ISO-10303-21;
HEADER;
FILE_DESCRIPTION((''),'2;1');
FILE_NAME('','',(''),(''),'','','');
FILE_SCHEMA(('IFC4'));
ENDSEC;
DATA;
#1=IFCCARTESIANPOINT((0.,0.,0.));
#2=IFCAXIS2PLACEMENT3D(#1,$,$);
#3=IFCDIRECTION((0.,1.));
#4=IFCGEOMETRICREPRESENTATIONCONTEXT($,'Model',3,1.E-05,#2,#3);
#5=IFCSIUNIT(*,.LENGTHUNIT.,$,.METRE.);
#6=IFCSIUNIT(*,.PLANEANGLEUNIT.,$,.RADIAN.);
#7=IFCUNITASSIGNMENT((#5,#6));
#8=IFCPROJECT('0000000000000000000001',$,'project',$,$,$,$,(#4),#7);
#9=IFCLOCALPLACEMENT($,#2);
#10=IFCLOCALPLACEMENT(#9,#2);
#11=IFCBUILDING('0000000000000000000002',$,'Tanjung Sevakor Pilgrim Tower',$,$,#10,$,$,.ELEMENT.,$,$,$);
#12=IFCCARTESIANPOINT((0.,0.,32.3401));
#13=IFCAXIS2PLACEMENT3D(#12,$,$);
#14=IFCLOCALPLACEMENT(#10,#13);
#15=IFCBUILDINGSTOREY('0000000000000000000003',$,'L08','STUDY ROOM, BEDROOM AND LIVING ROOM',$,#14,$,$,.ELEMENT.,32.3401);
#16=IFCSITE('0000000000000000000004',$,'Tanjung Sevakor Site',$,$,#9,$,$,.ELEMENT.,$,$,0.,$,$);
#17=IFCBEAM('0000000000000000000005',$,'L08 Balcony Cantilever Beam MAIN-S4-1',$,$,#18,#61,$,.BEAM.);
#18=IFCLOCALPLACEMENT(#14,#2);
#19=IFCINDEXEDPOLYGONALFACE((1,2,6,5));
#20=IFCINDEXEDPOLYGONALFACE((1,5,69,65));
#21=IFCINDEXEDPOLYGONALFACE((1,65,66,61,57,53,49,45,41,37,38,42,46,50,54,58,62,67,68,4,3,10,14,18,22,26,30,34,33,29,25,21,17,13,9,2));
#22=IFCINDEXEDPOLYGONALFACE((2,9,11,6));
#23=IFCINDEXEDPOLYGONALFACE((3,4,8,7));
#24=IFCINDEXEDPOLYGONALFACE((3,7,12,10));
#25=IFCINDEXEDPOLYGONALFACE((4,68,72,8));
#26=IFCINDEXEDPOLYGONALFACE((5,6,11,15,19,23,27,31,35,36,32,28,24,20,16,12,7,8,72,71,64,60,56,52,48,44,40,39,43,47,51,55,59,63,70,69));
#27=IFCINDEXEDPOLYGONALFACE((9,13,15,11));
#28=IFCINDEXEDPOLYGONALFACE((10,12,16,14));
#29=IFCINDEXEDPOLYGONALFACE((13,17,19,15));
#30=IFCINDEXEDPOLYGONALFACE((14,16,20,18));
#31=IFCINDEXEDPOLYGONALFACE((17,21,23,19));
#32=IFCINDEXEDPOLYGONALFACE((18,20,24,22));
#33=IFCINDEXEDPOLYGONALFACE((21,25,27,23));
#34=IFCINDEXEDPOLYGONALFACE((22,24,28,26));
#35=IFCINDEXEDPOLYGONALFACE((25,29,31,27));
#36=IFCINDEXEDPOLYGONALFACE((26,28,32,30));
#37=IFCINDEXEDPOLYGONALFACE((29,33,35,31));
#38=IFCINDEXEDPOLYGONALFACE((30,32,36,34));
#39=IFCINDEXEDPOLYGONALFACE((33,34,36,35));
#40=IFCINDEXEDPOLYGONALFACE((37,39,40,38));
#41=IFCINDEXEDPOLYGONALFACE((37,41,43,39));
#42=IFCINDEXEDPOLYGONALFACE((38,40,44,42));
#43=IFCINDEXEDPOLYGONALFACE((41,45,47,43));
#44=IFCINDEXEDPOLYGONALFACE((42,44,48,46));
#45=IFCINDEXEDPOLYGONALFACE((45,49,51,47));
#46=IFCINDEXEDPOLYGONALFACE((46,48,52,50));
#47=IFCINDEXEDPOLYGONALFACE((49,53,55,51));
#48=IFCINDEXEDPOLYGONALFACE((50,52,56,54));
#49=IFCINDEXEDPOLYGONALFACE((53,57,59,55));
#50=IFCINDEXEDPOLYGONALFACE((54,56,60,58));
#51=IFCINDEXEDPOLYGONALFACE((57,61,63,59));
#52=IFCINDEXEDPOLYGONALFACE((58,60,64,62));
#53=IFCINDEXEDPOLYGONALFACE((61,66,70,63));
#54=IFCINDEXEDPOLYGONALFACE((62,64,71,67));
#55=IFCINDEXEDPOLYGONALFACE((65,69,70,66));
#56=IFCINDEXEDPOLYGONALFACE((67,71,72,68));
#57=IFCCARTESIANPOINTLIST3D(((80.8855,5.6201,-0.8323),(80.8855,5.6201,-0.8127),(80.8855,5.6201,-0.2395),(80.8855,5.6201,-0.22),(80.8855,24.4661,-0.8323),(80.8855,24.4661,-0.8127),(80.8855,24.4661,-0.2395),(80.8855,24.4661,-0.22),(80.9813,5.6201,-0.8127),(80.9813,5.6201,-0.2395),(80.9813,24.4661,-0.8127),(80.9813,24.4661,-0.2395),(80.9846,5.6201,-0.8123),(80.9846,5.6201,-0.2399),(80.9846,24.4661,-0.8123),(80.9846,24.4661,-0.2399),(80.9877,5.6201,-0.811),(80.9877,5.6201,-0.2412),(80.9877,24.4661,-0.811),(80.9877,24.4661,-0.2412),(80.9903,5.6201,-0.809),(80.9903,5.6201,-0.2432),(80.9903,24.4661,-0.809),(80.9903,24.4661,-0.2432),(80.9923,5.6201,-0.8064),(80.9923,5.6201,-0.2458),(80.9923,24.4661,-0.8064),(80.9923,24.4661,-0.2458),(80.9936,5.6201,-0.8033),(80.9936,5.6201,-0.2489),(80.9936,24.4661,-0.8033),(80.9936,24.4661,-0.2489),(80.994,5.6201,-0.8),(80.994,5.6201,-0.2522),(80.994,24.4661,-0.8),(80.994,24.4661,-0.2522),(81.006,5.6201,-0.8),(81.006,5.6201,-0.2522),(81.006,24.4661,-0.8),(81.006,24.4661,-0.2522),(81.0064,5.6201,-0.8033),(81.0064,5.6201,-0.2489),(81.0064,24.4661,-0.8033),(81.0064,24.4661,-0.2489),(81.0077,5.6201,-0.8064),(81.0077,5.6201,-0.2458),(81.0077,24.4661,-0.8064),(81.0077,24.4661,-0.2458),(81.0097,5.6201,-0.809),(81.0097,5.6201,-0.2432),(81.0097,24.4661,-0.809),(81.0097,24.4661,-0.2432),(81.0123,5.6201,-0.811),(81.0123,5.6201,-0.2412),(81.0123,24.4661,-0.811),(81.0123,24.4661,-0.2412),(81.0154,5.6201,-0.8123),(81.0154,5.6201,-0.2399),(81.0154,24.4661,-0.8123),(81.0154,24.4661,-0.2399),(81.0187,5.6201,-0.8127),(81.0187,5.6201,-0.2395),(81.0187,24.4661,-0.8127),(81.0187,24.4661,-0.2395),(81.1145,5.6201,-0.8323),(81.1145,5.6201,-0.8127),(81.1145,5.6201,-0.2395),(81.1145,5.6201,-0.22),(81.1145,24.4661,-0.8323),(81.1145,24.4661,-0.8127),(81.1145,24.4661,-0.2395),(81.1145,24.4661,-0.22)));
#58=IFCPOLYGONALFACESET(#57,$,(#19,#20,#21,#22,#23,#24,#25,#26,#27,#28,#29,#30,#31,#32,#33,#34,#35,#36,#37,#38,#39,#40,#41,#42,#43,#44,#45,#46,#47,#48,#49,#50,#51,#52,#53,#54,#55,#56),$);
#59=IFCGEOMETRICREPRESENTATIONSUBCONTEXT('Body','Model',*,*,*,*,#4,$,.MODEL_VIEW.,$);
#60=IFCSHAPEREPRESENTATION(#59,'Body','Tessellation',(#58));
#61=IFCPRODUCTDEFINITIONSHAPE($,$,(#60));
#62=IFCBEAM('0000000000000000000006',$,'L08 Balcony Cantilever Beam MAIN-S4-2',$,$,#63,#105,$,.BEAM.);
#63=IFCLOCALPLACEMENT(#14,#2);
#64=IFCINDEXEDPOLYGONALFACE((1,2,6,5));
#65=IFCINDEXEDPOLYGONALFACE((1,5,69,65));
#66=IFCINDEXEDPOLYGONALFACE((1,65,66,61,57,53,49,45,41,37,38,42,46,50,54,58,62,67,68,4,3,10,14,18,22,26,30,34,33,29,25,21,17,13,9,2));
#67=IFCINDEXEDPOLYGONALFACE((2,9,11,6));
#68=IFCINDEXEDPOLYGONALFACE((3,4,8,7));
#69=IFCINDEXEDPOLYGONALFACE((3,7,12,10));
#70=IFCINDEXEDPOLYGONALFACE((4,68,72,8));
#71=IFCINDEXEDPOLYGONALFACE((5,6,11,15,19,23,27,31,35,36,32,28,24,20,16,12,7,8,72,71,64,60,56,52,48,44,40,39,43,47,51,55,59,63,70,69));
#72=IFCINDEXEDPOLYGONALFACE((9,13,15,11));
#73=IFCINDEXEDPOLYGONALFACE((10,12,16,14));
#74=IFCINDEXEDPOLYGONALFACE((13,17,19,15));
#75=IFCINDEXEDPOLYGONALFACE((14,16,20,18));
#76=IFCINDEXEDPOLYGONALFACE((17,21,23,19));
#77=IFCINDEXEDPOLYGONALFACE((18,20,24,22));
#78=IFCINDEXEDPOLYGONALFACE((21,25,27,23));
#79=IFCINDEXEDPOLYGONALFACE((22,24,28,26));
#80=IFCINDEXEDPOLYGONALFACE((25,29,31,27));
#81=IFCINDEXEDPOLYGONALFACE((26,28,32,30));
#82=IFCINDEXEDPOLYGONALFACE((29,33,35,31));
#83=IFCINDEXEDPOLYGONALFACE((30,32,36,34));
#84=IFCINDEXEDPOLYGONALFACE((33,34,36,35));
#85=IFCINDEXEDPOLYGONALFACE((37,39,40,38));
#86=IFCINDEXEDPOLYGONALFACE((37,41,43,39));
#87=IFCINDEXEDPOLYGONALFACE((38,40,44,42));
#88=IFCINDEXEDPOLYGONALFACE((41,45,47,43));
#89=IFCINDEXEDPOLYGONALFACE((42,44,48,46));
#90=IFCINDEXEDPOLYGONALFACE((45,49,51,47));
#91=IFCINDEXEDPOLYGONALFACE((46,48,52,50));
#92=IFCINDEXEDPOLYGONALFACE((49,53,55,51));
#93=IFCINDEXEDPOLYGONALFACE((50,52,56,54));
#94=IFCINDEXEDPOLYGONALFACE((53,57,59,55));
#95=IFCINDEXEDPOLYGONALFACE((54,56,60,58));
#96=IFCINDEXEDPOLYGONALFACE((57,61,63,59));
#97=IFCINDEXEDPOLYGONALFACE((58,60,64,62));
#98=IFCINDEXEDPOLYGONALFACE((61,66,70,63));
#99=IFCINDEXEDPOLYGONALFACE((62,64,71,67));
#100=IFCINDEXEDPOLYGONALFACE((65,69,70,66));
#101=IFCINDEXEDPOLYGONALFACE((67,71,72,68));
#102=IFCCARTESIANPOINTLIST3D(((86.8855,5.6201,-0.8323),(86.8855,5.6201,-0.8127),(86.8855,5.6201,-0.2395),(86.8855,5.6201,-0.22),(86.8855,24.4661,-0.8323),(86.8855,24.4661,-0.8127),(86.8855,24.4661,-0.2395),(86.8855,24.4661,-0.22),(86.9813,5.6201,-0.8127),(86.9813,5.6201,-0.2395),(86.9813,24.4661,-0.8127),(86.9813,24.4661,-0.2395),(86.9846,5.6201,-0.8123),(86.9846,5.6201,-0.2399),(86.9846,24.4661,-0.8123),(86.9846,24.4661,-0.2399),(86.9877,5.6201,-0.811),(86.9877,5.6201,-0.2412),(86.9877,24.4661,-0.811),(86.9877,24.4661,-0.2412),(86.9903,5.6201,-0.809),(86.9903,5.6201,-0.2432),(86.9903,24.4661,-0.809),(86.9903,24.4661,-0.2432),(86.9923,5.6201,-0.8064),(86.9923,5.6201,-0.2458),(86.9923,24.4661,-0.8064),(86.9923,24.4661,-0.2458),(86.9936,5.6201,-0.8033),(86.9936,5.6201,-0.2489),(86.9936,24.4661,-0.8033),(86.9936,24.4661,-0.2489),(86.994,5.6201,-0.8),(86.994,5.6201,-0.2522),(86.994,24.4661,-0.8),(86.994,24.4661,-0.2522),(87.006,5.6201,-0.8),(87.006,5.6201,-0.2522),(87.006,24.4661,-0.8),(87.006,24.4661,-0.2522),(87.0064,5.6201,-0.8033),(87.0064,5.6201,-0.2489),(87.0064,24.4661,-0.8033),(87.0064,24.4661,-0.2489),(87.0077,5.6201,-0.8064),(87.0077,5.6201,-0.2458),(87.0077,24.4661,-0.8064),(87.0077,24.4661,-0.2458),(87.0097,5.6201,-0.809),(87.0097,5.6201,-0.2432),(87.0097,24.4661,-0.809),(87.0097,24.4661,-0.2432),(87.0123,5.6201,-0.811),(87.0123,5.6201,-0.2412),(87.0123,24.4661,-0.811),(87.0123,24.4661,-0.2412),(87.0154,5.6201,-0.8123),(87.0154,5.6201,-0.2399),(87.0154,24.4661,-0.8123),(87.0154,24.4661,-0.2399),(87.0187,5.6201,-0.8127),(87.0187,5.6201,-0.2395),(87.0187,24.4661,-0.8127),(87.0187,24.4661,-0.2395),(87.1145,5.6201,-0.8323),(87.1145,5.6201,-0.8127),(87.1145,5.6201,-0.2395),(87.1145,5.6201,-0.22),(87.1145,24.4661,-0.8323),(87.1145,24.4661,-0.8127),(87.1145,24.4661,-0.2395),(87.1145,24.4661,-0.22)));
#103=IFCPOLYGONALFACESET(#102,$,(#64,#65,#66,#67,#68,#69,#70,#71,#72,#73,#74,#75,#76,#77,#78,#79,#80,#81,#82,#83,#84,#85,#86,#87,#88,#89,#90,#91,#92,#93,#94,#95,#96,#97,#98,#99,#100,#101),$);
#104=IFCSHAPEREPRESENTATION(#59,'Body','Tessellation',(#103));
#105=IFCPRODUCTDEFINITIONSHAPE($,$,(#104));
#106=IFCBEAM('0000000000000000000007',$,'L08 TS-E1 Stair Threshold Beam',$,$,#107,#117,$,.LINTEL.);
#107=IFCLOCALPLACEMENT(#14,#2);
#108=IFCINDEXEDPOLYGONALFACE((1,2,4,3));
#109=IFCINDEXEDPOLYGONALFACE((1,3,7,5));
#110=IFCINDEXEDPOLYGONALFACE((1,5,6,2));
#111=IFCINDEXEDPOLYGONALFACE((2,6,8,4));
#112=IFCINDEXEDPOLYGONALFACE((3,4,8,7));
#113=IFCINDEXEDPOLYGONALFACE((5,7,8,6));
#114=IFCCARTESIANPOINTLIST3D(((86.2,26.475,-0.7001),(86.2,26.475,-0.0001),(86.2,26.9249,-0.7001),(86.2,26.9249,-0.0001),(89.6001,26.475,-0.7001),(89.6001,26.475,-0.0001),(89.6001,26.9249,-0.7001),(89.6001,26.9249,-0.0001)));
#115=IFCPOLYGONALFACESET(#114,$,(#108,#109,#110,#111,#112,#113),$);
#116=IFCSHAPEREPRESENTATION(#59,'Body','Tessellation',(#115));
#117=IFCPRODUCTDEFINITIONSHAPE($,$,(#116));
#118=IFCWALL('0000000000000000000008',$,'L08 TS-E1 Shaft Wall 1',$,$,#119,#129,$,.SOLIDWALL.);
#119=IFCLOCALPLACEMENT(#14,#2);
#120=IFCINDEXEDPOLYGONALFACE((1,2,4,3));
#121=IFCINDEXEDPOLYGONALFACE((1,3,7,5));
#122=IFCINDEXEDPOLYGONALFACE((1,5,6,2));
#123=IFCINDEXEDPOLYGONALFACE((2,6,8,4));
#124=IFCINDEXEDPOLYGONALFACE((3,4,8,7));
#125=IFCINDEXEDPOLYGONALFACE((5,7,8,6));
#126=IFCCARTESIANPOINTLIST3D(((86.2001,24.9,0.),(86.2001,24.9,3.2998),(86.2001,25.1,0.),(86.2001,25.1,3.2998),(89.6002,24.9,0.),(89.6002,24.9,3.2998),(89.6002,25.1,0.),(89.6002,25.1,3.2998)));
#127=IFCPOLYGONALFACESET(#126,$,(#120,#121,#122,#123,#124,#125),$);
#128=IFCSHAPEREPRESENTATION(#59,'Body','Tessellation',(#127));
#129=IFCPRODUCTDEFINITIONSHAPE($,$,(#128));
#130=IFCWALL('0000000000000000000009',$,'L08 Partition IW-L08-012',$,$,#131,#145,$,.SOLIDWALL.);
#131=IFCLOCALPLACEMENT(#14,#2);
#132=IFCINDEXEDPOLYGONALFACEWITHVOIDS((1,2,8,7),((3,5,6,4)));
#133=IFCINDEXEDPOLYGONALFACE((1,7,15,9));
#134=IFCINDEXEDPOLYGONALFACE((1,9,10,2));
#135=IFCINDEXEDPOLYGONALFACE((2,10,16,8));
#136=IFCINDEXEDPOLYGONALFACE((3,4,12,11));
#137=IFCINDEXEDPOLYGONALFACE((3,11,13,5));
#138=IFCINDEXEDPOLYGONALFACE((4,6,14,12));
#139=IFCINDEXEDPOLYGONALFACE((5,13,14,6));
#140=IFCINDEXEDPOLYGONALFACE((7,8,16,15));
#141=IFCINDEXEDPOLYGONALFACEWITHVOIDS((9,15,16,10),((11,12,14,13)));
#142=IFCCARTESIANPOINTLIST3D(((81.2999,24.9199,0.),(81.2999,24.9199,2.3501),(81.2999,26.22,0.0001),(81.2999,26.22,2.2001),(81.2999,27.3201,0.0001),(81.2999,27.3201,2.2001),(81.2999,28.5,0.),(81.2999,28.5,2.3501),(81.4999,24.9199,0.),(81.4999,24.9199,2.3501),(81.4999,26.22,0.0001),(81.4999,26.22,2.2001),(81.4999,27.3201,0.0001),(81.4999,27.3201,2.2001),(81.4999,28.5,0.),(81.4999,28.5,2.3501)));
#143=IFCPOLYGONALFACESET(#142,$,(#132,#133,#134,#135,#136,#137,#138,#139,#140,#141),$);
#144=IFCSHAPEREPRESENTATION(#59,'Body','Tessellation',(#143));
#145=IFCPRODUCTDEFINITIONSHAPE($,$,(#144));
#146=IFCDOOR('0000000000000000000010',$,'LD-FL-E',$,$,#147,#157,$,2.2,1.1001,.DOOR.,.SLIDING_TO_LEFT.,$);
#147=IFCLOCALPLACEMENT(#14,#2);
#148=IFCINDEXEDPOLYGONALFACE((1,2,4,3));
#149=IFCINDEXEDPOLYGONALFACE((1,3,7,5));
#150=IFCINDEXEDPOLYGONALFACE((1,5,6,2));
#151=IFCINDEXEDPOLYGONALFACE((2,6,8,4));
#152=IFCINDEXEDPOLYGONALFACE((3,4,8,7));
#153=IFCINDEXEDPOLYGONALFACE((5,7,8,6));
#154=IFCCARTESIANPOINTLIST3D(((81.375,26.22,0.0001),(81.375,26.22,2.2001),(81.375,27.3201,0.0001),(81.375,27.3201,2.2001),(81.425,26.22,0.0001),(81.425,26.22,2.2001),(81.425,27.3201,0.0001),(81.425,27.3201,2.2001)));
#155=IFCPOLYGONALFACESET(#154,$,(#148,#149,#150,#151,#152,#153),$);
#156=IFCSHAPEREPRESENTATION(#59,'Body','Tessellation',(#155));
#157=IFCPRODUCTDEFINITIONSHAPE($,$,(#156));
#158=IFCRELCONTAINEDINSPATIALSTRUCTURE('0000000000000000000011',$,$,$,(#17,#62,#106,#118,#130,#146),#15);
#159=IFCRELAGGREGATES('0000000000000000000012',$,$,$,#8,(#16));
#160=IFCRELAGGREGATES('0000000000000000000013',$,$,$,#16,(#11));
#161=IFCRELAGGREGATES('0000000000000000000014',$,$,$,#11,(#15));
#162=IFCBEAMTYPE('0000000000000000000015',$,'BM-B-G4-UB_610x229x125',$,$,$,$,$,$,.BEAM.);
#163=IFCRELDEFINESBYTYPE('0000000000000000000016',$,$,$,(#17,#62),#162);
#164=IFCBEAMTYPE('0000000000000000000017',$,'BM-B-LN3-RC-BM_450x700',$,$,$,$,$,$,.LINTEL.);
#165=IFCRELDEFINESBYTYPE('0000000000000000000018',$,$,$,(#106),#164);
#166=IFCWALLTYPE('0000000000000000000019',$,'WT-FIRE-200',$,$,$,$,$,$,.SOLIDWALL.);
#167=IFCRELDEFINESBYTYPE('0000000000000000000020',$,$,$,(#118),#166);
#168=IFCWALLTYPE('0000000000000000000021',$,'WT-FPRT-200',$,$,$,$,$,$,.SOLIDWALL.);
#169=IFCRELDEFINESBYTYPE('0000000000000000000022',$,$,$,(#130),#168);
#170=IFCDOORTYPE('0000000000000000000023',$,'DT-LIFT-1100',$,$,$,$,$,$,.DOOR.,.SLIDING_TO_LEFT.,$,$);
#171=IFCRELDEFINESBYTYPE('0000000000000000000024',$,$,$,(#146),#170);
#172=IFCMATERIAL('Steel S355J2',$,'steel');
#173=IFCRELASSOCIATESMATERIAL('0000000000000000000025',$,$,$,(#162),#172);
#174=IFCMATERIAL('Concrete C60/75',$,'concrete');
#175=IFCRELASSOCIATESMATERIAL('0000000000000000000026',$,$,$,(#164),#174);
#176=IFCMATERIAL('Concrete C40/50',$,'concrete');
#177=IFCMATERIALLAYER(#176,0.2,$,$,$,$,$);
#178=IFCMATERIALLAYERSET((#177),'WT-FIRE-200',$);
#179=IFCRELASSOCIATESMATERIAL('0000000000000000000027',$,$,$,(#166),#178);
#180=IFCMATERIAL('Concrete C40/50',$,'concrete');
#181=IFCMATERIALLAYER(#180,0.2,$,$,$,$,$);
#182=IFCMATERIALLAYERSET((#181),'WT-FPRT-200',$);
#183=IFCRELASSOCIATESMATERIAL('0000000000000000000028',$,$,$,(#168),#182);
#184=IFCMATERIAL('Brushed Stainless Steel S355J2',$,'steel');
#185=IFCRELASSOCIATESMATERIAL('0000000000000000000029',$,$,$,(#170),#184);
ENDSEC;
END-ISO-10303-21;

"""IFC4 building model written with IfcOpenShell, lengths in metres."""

from ifc_helpers import new_model, si_unit, direction, frame, frame_2d, origin, origin_2d, place, context, subcontext, project, spatial, rectangle, i_section, extrude, material, layer, layer_set, material_profile, profile_set, type_object, element, fill, save


model = new_model("IFC4")

# Units and contexts
model_context = context("Model", 3, precision=1e-05, world=origin(), true_north=direction((0.0, 1.0)))
body_context = subcontext(model_context, "Body", "Model", "MODEL_VIEW")
ifc_project = project(units=[si_unit("LENGTHUNIT", "METRE"), si_unit("PLANEANGLEUNIT", "RADIAN")], contexts=[model_context])

# Site, building, storey
site_placement = place(None, origin())
site = spatial("IfcSite", under=ifc_project, at=site_placement, Name="Tanjung Sevakor Site", CompositionType="ELEMENT", RefElevation=0.0)
building_placement = place(site_placement, origin())
building = spatial("IfcBuilding", under=site, at=building_placement, Name="Tanjung Sevakor Pilgrim Tower", CompositionType="ELEMENT")
storey_placement = place(building_placement, frame((0.0, 0.0, 32.3401)))
storey = spatial("IfcBuildingStorey", under=building, at=storey_placement, Name="L08", Description="STUDY ROOM, BEDROOM AND LIVING ROOM", CompositionType="ELEMENT", Elevation=32.3401)

# Beams
ifc_material_1 = material(Name="Steel S355J2", Category="steel")
ifc_material_profile_1 = material_profile(ifc_material_1, i_section(OverallWidth=0.229, OverallDepth=0.6123, WebThickness=0.012, FlangeThickness=0.0195, FilletRadius=0.0127, at=origin_2d()))
ifc_profile_set_1 = profile_set([ifc_material_profile_1], Name="Steel S355J2")
beam_type_1 = type_object("IfcBeamType", Name="BM-B-G4-UB_610x229x125", PredefinedType="BEAM", material=ifc_profile_set_1)
for number, where, z_axis, x_axis, name in (
    (1, (81.0, 24.4661, -0.5261), (0.0, -1.0, 0.0), (1.0, 0.0, 0.0), "L08 Balcony Cantilever Beam MAIN-S4-1"),
    (2, (87.0, 24.4661, -0.5261), (0.0, -1.0, 0.0), (1.0, 0.0, 0.0), "L08 Balcony Cantilever Beam MAIN-S4-2"),
):
    element("IfcBeam", number, at=place(storey_placement, frame(where, z_axis=z_axis, x_axis=x_axis)), inside=storey, type_object=beam_type_1, Name=name, PredefinedType="BEAM", context=body_context, shape_type="SweptSolid", body=[
        extrude(i_section(OverallWidth=0.229, OverallDepth=0.6123, WebThickness=0.012, FlangeThickness=0.0195, FilletRadius=0.0127, at=origin_2d()), origin(), (0.0, 0.0, 1.0), 18.8459),
    ])
ifc_material_2 = material(Name="Concrete C60/75", Category="concrete")
ifc_material_profile_2 = material_profile(ifc_material_2, rectangle(XDim=0.45, YDim=0.7, at=origin_2d()))
ifc_profile_set_2 = profile_set([ifc_material_profile_2], Name="Concrete C60/75")
beam_type_2 = type_object("IfcBeamType", Name="BM-B-LN3-RC-BM_450x700", PredefinedType="LINTEL", material=ifc_profile_set_2)
beam_placement = place(storey_placement, frame((86.2, 26.7, -0.3501), z_axis=(1.0, 0.0, 0.0), x_axis=(0.0, 1.0, 0.0)))
element("IfcBeam", 3, at=beam_placement, inside=storey, type_object=beam_type_2, Name="L08 TS-E1 Stair Threshold Beam", PredefinedType="LINTEL", context=body_context, shape_type="SweptSolid", body=[
    extrude(rectangle(XDim=0.45, YDim=0.7, at=origin_2d()), origin(), (0.0, 0.0, 1.0), 3.4001),
])

# Wall
ifc_material_3 = material(Name="Concrete C40/50", Category="concrete")
ifc_layer_1 = layer(ifc_material_3, 0.2)
ifc_layer_set_1 = layer_set([ifc_layer_1], Name="WT-FIRE-200")
wall_type_1 = type_object("IfcWallType", Name="WT-FIRE-200", PredefinedType="SOLIDWALL", material=ifc_layer_set_1)
wall_1_placement = place(storey_placement, frame((86.2, 25.0, 0.0), z_axis=(0.0, 0.0, 1.0), x_axis=(1.0, 0.0, 0.0)))
element("IfcWall", 4, at=wall_1_placement, inside=storey, type_object=wall_type_1, Name="L08 TS-E1 Shaft Wall 1", PredefinedType="SOLIDWALL", context=body_context, shape_type="SweptSolid", body=[
    extrude(rectangle(XDim=3.4001, YDim=0.2, at=frame_2d((1.7002, 0.0))), origin(), (0.0, 0.0, 1.0), 3.2998),
])

# Wall, opening, door
ifc_material_4 = material(Name="Concrete C40/50", Category="concrete")
ifc_layer_2 = layer(ifc_material_4, 0.2)
ifc_layer_set_2 = layer_set([ifc_layer_2], Name="WT-FPRT-200")
wall_type_2 = type_object("IfcWallType", Name="WT-FPRT-200", PredefinedType="SOLIDWALL", material=ifc_layer_set_2)
wall_2_placement = place(storey_placement, frame((81.3999, 24.9199, 0.0), z_axis=(0.0, 0.0, 1.0), x_axis=(0.0, 1.0, 0.0)))
wall_2 = element("IfcWall", 5, at=wall_2_placement, inside=storey, type_object=wall_type_2, Name="L08 Partition IW-L08-012", PredefinedType="SOLIDWALL", context=body_context, shape_type="SweptSolid", body=[
    extrude(rectangle(XDim=3.5801, YDim=0.2, at=frame_2d((1.79, 0.0))), origin(), (0.0, 0.0, 1.0), 2.3501),
])
opening_1_placement = place(wall_2_placement, frame((1.3, 0.0, 0.0)))
opening_1 = element("IfcOpeningElement", 6, at=opening_1_placement, cuts=wall_2, PredefinedType="OPENING", context=body_context, shape_type="SweptSolid", body=[
    extrude(rectangle(XDim=1.1001, YDim=2.2, at=frame_2d((0.55, 1.1001))), frame((0.0, 0.1099, 0.0), z_axis=(0.0, -1.0, 0.0), x_axis=(1.0, 0.0, 0.0)), (0.0, 0.0, 1.0), 0.22),
])
ifc_material_5 = material(Name="Brushed Stainless Steel S355J2", Category="steel")
door_type_1 = type_object("IfcDoorType", Name="DT-LIFT-1100", OperationType="SLIDING_TO_LEFT", PredefinedType="DOOR", material=ifc_material_5)
door_1_placement = place(opening_1_placement, origin())
door_1 = element("IfcDoor", 7, at=door_1_placement, inside=storey, type_object=door_type_1, Name="LD-FL-E", OperationType="SLIDING_TO_LEFT", OverallHeight=2.2, OverallWidth=1.1001, PredefinedType="DOOR", context=body_context, shape_type="SweptSolid", body=[
    extrude(rectangle(XDim=1.1001, YDim=2.2, at=frame_2d((0.55, 1.1001))), frame((0.0, 0.0249, 0.0), z_axis=(0.0, -1.0, 0.0), x_axis=(1.0, 0.0, 0.0)), (0.0, 0.0, 1.0), 0.05),
])
fill(opening_1, door_1)

save(model, "model.ifc")
